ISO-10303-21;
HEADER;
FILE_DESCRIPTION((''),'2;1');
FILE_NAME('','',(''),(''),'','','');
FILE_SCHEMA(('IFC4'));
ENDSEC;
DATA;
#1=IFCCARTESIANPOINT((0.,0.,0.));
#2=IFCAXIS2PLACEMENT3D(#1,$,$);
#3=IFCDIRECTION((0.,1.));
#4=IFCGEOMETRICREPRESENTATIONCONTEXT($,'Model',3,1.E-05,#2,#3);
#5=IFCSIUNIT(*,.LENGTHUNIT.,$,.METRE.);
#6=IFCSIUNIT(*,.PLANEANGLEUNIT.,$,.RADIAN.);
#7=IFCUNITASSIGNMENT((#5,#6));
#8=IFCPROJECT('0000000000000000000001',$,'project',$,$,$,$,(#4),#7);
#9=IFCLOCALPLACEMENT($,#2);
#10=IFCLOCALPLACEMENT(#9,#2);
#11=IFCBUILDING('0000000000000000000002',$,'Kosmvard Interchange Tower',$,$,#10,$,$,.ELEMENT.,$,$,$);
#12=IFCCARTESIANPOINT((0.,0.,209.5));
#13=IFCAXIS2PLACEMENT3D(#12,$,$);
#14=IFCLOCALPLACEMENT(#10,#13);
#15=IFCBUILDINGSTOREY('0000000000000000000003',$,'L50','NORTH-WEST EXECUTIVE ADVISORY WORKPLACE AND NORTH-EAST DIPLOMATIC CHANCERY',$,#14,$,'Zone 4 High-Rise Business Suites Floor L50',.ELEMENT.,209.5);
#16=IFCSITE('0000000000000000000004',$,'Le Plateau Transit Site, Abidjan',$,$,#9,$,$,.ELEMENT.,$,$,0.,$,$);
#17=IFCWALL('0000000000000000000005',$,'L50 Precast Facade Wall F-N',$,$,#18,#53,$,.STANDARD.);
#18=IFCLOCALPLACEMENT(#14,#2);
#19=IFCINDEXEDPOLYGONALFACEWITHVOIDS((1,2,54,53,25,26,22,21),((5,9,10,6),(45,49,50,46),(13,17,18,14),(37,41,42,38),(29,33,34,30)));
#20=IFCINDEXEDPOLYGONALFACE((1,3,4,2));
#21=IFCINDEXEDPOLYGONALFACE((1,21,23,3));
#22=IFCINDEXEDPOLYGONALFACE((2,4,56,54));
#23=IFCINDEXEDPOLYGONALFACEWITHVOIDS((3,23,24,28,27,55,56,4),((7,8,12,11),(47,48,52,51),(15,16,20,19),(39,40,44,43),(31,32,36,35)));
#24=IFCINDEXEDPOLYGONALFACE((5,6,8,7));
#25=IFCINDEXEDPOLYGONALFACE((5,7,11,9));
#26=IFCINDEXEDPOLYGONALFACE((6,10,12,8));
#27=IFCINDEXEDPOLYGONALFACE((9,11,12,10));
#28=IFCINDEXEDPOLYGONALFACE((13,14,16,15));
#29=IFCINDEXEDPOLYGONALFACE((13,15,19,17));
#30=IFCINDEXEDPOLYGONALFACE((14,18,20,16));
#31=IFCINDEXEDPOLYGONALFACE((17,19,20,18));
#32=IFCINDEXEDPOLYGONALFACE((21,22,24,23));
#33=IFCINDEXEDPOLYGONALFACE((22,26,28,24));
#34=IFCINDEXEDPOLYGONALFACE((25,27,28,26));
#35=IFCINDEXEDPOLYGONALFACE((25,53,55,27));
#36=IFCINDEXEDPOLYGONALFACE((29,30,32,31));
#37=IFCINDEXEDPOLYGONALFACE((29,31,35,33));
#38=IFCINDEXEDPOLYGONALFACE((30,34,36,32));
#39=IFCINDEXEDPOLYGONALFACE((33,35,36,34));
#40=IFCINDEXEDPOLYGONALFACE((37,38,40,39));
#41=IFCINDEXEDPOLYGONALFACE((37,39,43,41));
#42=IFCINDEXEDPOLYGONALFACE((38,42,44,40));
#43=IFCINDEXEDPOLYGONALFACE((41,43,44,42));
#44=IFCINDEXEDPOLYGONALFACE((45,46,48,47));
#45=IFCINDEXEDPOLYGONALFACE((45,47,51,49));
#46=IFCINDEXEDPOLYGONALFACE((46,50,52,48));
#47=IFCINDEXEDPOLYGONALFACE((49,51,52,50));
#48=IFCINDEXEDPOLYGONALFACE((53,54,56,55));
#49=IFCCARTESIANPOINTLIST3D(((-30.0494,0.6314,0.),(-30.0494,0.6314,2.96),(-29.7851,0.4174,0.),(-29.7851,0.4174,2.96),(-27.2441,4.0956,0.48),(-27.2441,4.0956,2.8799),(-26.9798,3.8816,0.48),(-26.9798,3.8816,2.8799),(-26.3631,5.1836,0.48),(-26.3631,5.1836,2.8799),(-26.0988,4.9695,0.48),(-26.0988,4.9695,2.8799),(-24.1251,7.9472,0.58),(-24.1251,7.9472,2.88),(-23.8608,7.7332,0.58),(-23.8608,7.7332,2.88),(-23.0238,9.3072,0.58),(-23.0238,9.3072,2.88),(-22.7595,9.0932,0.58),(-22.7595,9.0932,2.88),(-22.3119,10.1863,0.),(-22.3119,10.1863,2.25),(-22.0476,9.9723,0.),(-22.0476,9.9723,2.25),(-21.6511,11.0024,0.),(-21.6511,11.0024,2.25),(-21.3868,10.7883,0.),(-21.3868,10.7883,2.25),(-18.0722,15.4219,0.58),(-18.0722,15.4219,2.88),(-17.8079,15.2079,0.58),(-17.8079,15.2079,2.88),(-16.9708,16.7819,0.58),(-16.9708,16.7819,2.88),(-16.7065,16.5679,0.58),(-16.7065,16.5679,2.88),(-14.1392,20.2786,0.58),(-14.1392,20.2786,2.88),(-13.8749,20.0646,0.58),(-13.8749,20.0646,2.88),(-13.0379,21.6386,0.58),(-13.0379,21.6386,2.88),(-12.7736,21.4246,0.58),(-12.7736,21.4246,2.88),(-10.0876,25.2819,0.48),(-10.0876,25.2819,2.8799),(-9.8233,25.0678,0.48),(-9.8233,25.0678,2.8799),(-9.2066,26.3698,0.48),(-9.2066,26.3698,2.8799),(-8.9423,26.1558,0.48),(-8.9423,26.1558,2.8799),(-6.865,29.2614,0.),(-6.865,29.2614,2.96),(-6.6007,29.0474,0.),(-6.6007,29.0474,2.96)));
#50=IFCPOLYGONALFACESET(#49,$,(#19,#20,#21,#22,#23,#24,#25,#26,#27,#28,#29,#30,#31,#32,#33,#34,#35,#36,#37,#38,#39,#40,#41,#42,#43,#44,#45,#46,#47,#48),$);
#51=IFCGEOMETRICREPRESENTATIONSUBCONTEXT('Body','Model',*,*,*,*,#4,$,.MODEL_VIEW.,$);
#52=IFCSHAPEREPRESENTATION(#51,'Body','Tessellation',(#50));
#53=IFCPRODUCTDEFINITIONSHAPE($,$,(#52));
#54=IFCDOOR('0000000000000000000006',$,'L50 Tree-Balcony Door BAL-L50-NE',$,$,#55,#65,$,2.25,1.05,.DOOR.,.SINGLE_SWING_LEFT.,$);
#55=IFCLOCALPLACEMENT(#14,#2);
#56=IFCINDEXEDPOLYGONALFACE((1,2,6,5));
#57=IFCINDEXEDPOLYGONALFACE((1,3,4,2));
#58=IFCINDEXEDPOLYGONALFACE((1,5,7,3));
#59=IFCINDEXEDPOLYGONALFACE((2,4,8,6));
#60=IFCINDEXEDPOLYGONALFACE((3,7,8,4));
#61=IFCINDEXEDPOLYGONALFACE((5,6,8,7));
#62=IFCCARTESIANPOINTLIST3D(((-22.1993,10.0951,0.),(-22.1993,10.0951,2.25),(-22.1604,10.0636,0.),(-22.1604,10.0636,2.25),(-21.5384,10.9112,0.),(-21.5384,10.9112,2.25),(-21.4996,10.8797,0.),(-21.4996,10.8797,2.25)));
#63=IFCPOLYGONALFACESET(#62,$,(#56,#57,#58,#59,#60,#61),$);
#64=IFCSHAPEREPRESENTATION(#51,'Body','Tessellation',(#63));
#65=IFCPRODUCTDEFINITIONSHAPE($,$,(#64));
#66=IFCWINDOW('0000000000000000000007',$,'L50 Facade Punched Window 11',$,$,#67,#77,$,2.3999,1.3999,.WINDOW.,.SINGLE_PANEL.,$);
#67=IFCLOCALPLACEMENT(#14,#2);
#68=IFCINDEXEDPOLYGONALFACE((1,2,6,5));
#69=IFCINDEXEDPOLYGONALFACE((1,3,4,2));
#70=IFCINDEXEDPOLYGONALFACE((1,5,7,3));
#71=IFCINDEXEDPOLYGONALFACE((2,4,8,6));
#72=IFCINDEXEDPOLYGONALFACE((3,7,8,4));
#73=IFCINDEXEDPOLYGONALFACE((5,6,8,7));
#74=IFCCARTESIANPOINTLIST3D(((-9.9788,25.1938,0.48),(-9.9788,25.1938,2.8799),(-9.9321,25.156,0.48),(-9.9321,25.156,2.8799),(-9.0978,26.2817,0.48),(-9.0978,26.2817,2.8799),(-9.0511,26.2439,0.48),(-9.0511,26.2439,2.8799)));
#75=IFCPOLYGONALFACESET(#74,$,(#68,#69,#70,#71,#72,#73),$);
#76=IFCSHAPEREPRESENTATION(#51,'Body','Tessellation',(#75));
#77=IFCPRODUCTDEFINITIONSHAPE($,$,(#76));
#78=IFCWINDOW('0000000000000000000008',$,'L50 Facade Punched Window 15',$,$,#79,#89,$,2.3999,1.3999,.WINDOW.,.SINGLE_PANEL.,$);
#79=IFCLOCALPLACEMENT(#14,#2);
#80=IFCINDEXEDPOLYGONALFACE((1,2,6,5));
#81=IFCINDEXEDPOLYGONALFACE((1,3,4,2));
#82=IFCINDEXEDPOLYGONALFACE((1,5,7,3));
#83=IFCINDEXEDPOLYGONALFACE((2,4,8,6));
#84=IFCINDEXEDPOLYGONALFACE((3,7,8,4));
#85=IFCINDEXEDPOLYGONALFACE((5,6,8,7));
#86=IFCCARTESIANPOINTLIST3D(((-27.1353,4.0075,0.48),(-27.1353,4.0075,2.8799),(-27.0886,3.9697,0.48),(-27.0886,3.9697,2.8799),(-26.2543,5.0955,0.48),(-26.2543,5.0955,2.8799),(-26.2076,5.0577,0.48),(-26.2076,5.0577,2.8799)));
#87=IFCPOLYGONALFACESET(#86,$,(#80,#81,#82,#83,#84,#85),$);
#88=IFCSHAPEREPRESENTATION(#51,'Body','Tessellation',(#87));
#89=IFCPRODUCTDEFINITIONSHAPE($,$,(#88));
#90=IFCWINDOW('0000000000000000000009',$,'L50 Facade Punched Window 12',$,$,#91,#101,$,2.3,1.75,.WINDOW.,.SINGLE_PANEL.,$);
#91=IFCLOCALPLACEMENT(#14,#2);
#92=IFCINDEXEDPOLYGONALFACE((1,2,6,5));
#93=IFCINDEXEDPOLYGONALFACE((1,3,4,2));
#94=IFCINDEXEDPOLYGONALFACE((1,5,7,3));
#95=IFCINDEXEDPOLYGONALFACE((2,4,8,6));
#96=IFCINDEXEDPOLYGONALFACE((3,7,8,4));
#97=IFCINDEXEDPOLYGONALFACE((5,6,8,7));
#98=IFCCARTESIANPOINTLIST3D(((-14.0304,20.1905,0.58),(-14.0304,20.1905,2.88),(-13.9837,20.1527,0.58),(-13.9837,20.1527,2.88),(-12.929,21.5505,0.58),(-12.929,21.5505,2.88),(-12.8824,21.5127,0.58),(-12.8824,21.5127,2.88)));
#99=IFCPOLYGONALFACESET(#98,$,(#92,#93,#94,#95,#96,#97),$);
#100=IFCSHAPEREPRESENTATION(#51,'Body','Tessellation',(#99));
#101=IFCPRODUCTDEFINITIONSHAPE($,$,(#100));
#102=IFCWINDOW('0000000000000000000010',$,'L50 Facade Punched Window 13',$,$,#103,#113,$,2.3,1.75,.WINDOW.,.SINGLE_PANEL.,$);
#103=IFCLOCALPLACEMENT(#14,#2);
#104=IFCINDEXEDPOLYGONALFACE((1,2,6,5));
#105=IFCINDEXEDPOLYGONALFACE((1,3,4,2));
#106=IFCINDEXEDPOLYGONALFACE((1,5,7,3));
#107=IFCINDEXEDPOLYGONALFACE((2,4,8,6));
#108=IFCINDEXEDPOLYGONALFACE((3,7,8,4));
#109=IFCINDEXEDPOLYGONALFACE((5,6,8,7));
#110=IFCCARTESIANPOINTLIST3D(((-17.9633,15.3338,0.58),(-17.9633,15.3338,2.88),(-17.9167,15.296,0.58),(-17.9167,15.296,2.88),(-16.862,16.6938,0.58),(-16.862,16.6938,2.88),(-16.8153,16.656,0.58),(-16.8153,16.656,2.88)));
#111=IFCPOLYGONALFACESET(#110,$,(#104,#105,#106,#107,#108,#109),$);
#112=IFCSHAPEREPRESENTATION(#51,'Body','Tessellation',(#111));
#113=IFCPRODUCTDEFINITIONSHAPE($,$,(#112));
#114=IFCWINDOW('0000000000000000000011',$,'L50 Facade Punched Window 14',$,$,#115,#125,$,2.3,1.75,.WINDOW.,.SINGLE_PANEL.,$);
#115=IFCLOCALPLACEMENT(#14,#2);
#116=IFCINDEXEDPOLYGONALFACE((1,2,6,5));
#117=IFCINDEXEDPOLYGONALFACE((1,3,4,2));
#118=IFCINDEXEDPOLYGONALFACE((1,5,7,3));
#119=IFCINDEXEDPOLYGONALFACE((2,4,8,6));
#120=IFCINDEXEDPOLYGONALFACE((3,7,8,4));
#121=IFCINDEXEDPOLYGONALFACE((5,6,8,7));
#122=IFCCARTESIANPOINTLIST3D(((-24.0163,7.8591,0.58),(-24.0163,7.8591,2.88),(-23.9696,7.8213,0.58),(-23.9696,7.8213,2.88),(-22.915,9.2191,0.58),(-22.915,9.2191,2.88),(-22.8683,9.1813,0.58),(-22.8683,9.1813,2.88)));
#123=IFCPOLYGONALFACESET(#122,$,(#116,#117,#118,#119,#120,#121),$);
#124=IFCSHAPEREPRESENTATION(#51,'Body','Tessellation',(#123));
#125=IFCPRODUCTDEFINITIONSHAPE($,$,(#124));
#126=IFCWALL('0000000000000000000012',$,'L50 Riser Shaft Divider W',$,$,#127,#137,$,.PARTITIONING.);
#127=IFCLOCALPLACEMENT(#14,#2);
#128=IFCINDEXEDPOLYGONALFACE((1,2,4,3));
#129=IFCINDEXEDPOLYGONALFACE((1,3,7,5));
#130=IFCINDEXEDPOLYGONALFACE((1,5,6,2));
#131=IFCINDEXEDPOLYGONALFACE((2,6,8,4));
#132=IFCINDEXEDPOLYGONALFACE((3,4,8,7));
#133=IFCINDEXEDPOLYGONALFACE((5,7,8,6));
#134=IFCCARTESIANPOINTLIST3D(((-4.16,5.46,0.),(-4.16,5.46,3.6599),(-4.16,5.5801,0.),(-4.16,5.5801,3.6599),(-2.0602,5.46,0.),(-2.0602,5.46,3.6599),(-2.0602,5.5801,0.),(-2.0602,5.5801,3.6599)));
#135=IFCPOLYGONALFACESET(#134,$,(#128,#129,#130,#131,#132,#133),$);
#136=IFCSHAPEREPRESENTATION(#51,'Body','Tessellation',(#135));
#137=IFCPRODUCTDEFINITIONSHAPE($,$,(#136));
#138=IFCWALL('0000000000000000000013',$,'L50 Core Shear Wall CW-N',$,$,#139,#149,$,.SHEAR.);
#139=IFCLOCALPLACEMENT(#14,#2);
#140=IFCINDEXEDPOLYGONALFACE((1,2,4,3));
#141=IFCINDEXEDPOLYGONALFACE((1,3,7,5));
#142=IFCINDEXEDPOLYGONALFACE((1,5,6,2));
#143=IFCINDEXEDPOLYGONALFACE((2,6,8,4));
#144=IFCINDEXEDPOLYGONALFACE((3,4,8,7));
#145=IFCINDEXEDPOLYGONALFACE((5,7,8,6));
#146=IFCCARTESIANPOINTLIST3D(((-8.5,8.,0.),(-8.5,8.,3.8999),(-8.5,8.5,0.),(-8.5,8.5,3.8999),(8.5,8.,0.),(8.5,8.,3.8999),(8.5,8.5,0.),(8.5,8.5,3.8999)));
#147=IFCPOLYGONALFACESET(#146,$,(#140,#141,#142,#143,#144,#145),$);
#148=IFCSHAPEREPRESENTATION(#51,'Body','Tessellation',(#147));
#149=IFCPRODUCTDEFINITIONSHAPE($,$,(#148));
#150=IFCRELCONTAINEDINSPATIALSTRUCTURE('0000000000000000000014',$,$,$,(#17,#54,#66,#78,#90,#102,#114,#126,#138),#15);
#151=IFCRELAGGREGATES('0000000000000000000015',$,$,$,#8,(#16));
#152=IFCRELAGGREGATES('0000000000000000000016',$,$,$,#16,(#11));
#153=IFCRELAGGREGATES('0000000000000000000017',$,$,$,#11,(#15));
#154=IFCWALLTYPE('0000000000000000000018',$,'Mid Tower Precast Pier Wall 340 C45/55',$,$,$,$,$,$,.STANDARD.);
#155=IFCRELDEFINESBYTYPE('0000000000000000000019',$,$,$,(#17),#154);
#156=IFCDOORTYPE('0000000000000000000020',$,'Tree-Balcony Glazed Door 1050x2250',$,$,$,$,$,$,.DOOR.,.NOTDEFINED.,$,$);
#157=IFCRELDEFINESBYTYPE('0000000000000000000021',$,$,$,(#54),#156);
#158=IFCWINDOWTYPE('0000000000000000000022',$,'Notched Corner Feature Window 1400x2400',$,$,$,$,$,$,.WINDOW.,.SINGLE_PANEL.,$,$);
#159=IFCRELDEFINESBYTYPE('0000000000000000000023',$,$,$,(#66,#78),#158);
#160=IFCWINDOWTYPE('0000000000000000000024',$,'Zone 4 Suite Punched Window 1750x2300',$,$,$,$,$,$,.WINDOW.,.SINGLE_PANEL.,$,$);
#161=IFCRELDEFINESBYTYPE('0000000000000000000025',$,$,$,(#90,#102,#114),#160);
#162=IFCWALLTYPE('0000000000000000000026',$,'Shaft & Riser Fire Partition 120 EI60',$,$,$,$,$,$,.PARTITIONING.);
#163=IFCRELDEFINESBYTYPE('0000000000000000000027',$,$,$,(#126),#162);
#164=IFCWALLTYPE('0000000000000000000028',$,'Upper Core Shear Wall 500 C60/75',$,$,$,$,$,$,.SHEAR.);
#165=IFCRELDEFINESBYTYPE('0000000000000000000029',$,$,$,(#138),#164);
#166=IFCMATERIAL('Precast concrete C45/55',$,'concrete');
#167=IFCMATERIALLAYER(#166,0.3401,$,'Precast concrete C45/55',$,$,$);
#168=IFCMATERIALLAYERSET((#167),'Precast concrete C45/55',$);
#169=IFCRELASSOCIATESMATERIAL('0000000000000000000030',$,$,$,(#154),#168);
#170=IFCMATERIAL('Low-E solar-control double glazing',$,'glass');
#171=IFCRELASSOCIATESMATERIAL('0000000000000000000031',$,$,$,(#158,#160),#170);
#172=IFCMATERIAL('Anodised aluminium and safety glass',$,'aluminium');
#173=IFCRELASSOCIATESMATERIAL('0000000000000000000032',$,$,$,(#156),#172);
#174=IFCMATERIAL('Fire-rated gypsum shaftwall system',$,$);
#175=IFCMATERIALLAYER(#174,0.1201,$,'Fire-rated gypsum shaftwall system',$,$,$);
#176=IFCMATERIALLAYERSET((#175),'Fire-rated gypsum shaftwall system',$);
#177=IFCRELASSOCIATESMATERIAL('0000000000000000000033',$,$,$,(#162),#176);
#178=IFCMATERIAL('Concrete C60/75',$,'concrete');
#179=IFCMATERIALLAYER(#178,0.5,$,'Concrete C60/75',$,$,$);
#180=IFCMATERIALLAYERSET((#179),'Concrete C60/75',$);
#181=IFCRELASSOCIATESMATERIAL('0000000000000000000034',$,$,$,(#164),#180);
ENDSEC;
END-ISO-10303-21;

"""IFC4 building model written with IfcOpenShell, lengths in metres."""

from ifc_helpers import new_model, si_unit, direction, frame, frame_2d, origin, place, context, subcontext, project, spatial, rectangle, extrude, source, transform, mapped, material, layer, layer_set, type_object, element, fill, save


model = new_model("IFC4")

# Units and contexts
model_context = context("Model", 3, precision=1e-05, world=origin(), true_north=direction((0.0, 1.0)))
body_context = subcontext(model_context, "Body", "Model", "MODEL_VIEW")
ifc_project = project(units=[si_unit("LENGTHUNIT", "METRE"), si_unit("PLANEANGLEUNIT", "RADIAN")], contexts=[model_context])

# Site, building, storey
site_placement = place(None, origin())
site = spatial("IfcSite", under=ifc_project, at=site_placement, Name="Le Plateau Transit Site, Abidjan", CompositionType="ELEMENT", RefElevation=0.0)
building_placement = place(site_placement, origin())
building = spatial("IfcBuilding", under=site, at=building_placement, Name="Kosmvard Interchange Tower", CompositionType="ELEMENT")
storey_placement = place(building_placement, frame((0.0, 0.0, 209.5)))
storey = spatial("IfcBuildingStorey", under=building, at=storey_placement, Name="L50", Description="NORTH-WEST EXECUTIVE ADVISORY WORKPLACE AND NORTH-EAST DIPLOMATIC CHANCERY", LongName="Zone 4 High-Rise Business Suites Floor L50", CompositionType="ELEMENT", Elevation=209.5)

# Shared definitions
ifc_material_1 = material(Name="Concrete C60/75", Category="concrete")

# Shared definitions
ifc_material_2 = material(Name="Precast concrete C45/55", Category="concrete")
ifc_layer_1 = layer(ifc_material_2, 0.3401, Name="Precast concrete C45/55")
ifc_layer_set_1 = layer_set([ifc_layer_1], Name="Precast concrete C45/55")
wall_type_1 = type_object("IfcWallType", Name="Mid Tower Precast Pier Wall 340 C45/55", PredefinedType="STANDARD", material=ifc_layer_set_1)
ifc_material_3 = material(Name="Low-E solar-control double glazing", Category="glass")
window_type_1 = type_object("IfcWindowType", Name="Notched Corner Feature Window 1400x2400", PartitioningType="SINGLE_PANEL", PredefinedType="WINDOW", material=ifc_material_3)
shared_shape_1 = source(origin(), body_context, "Body", "SweptSolid", [
    extrude(rectangle(XDim=1.3999, YDim=2.3999, at=frame_2d((0.7, 1.2))), frame((0.0, 0.03, 0.0), z_axis=(0.0, -1.0, 0.0), x_axis=(1.0, 0.0, 0.0)), (0.0, 0.0, 1.0), 0.0601),
])

# Wall, openings, door, windows
wall_1_placement = place(storey_placement, frame((-6.7329, 29.1543, 0.0), z_axis=(0.0, 0.0, 1.0), x_axis=(-0.629325, -0.777142, 0.0)))
wall_1 = element("IfcWall", 1, at=wall_1_placement, inside=storey, type_object=wall_type_1, Name="L50 Precast Facade Wall F-N", PredefinedType="STANDARD", context=body_context, shape_type="SweptSolid", body=[
    extrude(rectangle(XDim=36.8401, YDim=0.3401, at=frame_2d((18.4199, 0.0))), origin(), (0.0, 0.0, 1.0), 2.96),
])
opening_1_placement = place(wall_1_placement, frame((23.4951, 0.0, 0.0)))
opening_1 = element("IfcOpeningElement", 2, at=opening_1_placement, cuts=wall_1, PredefinedType="OPENING", context=body_context, shape_type="SweptSolid", body=[
    extrude(rectangle(XDim=1.05, YDim=2.25, at=frame_2d((0.5249, 1.125))), frame((0.0, 0.1802, 0.0), z_axis=(0.0, -1.0, 0.0), x_axis=(1.0, 0.0, 0.0)), (0.0, 0.0, 1.0), 0.3601),
])
opening_2_placement = place(wall_1_placement, frame((3.7207, 0.0, 0.48)))
opening_2 = element("IfcOpeningElement", 3, at=opening_2_placement, cuts=wall_1, PredefinedType="OPENING", context=body_context, shape_type="SweptSolid", body=[
    extrude(rectangle(XDim=1.3999, YDim=2.3999, at=frame_2d((0.7, 1.2))), frame((0.0, 0.1802, 0.0), z_axis=(0.0, -1.0, 0.0), x_axis=(1.0, 0.0, 0.0)), (0.0, 0.0, 1.0), 0.3601),
])
opening_3_placement = place(wall_1_placement, frame((9.8086, 0.0, 0.5801)))
opening_3 = element("IfcOpeningElement", 4, at=opening_3_placement, cuts=wall_1, PredefinedType="OPENING", context=body_context, shape_type="SweptSolid", body=[
    extrude(rectangle(XDim=1.75, YDim=2.3, at=frame_2d((0.875, 1.1499))), frame((0.0, 0.1802, 0.0), z_axis=(0.0, -1.0, 0.0), x_axis=(1.0, 0.0, 0.0)), (0.0, 0.0, 1.0), 0.3601),
])
opening_4_placement = place(wall_1_placement, frame((16.0581, 0.0, 0.5801)))
opening_4 = element("IfcOpeningElement", 5, at=opening_4_placement, cuts=wall_1, PredefinedType="OPENING", context=body_context, shape_type="SweptSolid", body=[
    extrude(rectangle(XDim=1.75, YDim=2.3, at=frame_2d((0.875, 1.1499))), frame((0.0, 0.1802, 0.0), z_axis=(0.0, -1.0, 0.0), x_axis=(1.0, 0.0, 0.0)), (0.0, 0.0, 1.0), 0.3601),
])
opening_5_placement = place(wall_1_placement, frame((25.6763, 0.0, 0.5801)))
opening_5 = element("IfcOpeningElement", 6, at=opening_5_placement, cuts=wall_1, PredefinedType="OPENING", context=body_context, shape_type="SweptSolid", body=[
    extrude(rectangle(XDim=1.75, YDim=2.3, at=frame_2d((0.875, 1.1499))), frame((0.0, 0.1802, 0.0), z_axis=(0.0, -1.0, 0.0), x_axis=(1.0, 0.0, 0.0)), (0.0, 0.0, 1.0), 0.3601),
])
opening_6_placement = place(wall_1_placement, frame((30.9824, 0.0, 0.48)))
opening_6 = element("IfcOpeningElement", 7, at=opening_6_placement, cuts=wall_1, PredefinedType="OPENING", context=body_context, shape_type="SweptSolid", body=[
    extrude(rectangle(XDim=1.3999, YDim=2.3999, at=frame_2d((0.7, 1.2))), frame((0.0, 0.1802, 0.0), z_axis=(0.0, -1.0, 0.0), x_axis=(1.0, 0.0, 0.0)), (0.0, 0.0, 1.0), 0.3601),
])
ifc_material_4 = material(Name="Anodised aluminium and safety glass", Category="aluminium")
door_type = type_object("IfcDoorType", Name="Tree-Balcony Glazed Door 1050x2250", OperationType="NOTDEFINED", PredefinedType="DOOR", material=ifc_material_4)
shared_shape_2 = source(origin(), body_context, "Body", "SweptSolid", [
    extrude(rectangle(XDim=1.05, YDim=2.25, at=frame_2d((0.5249, 1.125))), frame((0.0, 0.0249, 0.0), z_axis=(0.0, -1.0, 0.0), x_axis=(1.0, 0.0, 0.0)), (0.0, 0.0, 1.0), 0.05),
])
door_placement = place(opening_1_placement, origin())
door = element("IfcDoor", 8, at=door_placement, inside=storey, type_object=door_type, Name="L50 Tree-Balcony Door BAL-L50-NE", OperationType="SINGLE_SWING_LEFT", OverallHeight=2.25, OverallWidth=1.05, PredefinedType="DOOR", context=body_context, shape_type="MappedRepresentation", body=[
    mapped(shared_shape_2, transform((0.0, 0.0, 0.0), scale=1.0)),
])
fill(opening_1, door)
window_1_placement = place(opening_2_placement, origin())
window_1 = element("IfcWindow", 9, at=window_1_placement, inside=storey, type_object=window_type_1, Name="L50 Facade Punched Window 11", OverallHeight=2.3999, OverallWidth=1.3999, PartitioningType="SINGLE_PANEL", PredefinedType="WINDOW", context=body_context, shape_type="MappedRepresentation", body=[
    mapped(shared_shape_1, transform((0.0, 0.0, 0.0), scale=1.0)),
])
fill(opening_2, window_1)
window_2_placement = place(opening_6_placement, origin())
window_2 = element("IfcWindow", 10, at=window_2_placement, inside=storey, type_object=window_type_1, Name="L50 Facade Punched Window 15", OverallHeight=2.3999, OverallWidth=1.3999, PartitioningType="SINGLE_PANEL", PredefinedType="WINDOW", context=body_context, shape_type="MappedRepresentation", body=[
    mapped(shared_shape_1, transform((0.0, 0.0, 0.0), scale=1.0)),
])
fill(opening_6, window_2)
window_type_2 = type_object("IfcWindowType", Name="Zone 4 Suite Punched Window 1750x2300", PartitioningType="SINGLE_PANEL", PredefinedType="WINDOW", material=ifc_material_3)
shared_shape_3 = source(origin(), body_context, "Body", "SweptSolid", [
    extrude(rectangle(XDim=1.75, YDim=2.3, at=frame_2d((0.875, 1.1499))), frame((0.0, 0.03, 0.0), z_axis=(0.0, -1.0, 0.0), x_axis=(1.0, 0.0, 0.0)), (0.0, 0.0, 1.0), 0.0601),
])
window_3_placement = place(opening_3_placement, origin())
window_3 = element("IfcWindow", 11, at=window_3_placement, inside=storey, type_object=window_type_2, Name="L50 Facade Punched Window 12", OverallHeight=2.3, OverallWidth=1.75, PartitioningType="SINGLE_PANEL", PredefinedType="WINDOW", context=body_context, shape_type="MappedRepresentation", body=[
    mapped(shared_shape_3, transform((0.0, 0.0, 0.0), scale=1.0)),
])
fill(opening_3, window_3)
window_4_placement = place(opening_4_placement, origin())
window_4 = element("IfcWindow", 12, at=window_4_placement, inside=storey, type_object=window_type_2, Name="L50 Facade Punched Window 13", OverallHeight=2.3, OverallWidth=1.75, PartitioningType="SINGLE_PANEL", PredefinedType="WINDOW", context=body_context, shape_type="MappedRepresentation", body=[
    mapped(shared_shape_3, transform((0.0, 0.0, 0.0), scale=1.0)),
])
fill(opening_4, window_4)
window_5_placement = place(opening_5_placement, origin())
window_5 = element("IfcWindow", 13, at=window_5_placement, inside=storey, type_object=window_type_2, Name="L50 Facade Punched Window 14", OverallHeight=2.3, OverallWidth=1.75, PartitioningType="SINGLE_PANEL", PredefinedType="WINDOW", context=body_context, shape_type="MappedRepresentation", body=[
    mapped(shared_shape_3, transform((0.0, 0.0, 0.0), scale=1.0)),
])
fill(opening_5, window_5)

# Walls
ifc_material_5 = material(Name="Fire-rated gypsum shaftwall system")
ifc_layer_2 = layer(ifc_material_5, 0.1201, Name="Fire-rated gypsum shaftwall system")
ifc_layer_set_2 = layer_set([ifc_layer_2], Name="Fire-rated gypsum shaftwall system")
wall_type_2 = type_object("IfcWallType", Name="Shaft & Riser Fire Partition 120 EI60", PredefinedType="PARTITIONING", material=ifc_layer_set_2)
wall_2_placement = place(storey_placement, frame((-4.1599, 5.52, 0.0), z_axis=(0.0, 0.0, 1.0), x_axis=(1.0, 0.0, 0.0)))
element("IfcWall", 14, at=wall_2_placement, inside=storey, type_object=wall_type_2, Name="L50 Riser Shaft Divider W", PredefinedType="PARTITIONING", context=body_context, shape_type="SweptSolid", body=[
    extrude(rectangle(XDim=2.0999, YDim=0.1201, at=frame_2d((1.0498, 0.0))), origin(), (0.0, 0.0, 1.0), 3.6599),
])
ifc_layer_3 = layer(ifc_material_1, 0.5, Name="Concrete C60/75")
ifc_layer_set_3 = layer_set([ifc_layer_3], Name="Concrete C60/75")
wall_type_3 = type_object("IfcWallType", Name="Upper Core Shear Wall 500 C60/75", PredefinedType="SHEAR", material=ifc_layer_set_3)
wall_3_placement = place(storey_placement, frame((-8.5, 8.25, 0.0), z_axis=(0.0, 0.0, 1.0), x_axis=(1.0, 0.0, 0.0)))
element("IfcWall", 15, at=wall_3_placement, inside=storey, type_object=wall_type_3, Name="L50 Core Shear Wall CW-N", PredefinedType="SHEAR", context=body_context, shape_type="SweptSolid", body=[
    extrude(rectangle(XDim=17.0, YDim=0.5, at=frame_2d((8.5, 0.0))), origin(), (0.0, 0.0, 1.0), 3.8999),
])

save(model, "model.ifc")
